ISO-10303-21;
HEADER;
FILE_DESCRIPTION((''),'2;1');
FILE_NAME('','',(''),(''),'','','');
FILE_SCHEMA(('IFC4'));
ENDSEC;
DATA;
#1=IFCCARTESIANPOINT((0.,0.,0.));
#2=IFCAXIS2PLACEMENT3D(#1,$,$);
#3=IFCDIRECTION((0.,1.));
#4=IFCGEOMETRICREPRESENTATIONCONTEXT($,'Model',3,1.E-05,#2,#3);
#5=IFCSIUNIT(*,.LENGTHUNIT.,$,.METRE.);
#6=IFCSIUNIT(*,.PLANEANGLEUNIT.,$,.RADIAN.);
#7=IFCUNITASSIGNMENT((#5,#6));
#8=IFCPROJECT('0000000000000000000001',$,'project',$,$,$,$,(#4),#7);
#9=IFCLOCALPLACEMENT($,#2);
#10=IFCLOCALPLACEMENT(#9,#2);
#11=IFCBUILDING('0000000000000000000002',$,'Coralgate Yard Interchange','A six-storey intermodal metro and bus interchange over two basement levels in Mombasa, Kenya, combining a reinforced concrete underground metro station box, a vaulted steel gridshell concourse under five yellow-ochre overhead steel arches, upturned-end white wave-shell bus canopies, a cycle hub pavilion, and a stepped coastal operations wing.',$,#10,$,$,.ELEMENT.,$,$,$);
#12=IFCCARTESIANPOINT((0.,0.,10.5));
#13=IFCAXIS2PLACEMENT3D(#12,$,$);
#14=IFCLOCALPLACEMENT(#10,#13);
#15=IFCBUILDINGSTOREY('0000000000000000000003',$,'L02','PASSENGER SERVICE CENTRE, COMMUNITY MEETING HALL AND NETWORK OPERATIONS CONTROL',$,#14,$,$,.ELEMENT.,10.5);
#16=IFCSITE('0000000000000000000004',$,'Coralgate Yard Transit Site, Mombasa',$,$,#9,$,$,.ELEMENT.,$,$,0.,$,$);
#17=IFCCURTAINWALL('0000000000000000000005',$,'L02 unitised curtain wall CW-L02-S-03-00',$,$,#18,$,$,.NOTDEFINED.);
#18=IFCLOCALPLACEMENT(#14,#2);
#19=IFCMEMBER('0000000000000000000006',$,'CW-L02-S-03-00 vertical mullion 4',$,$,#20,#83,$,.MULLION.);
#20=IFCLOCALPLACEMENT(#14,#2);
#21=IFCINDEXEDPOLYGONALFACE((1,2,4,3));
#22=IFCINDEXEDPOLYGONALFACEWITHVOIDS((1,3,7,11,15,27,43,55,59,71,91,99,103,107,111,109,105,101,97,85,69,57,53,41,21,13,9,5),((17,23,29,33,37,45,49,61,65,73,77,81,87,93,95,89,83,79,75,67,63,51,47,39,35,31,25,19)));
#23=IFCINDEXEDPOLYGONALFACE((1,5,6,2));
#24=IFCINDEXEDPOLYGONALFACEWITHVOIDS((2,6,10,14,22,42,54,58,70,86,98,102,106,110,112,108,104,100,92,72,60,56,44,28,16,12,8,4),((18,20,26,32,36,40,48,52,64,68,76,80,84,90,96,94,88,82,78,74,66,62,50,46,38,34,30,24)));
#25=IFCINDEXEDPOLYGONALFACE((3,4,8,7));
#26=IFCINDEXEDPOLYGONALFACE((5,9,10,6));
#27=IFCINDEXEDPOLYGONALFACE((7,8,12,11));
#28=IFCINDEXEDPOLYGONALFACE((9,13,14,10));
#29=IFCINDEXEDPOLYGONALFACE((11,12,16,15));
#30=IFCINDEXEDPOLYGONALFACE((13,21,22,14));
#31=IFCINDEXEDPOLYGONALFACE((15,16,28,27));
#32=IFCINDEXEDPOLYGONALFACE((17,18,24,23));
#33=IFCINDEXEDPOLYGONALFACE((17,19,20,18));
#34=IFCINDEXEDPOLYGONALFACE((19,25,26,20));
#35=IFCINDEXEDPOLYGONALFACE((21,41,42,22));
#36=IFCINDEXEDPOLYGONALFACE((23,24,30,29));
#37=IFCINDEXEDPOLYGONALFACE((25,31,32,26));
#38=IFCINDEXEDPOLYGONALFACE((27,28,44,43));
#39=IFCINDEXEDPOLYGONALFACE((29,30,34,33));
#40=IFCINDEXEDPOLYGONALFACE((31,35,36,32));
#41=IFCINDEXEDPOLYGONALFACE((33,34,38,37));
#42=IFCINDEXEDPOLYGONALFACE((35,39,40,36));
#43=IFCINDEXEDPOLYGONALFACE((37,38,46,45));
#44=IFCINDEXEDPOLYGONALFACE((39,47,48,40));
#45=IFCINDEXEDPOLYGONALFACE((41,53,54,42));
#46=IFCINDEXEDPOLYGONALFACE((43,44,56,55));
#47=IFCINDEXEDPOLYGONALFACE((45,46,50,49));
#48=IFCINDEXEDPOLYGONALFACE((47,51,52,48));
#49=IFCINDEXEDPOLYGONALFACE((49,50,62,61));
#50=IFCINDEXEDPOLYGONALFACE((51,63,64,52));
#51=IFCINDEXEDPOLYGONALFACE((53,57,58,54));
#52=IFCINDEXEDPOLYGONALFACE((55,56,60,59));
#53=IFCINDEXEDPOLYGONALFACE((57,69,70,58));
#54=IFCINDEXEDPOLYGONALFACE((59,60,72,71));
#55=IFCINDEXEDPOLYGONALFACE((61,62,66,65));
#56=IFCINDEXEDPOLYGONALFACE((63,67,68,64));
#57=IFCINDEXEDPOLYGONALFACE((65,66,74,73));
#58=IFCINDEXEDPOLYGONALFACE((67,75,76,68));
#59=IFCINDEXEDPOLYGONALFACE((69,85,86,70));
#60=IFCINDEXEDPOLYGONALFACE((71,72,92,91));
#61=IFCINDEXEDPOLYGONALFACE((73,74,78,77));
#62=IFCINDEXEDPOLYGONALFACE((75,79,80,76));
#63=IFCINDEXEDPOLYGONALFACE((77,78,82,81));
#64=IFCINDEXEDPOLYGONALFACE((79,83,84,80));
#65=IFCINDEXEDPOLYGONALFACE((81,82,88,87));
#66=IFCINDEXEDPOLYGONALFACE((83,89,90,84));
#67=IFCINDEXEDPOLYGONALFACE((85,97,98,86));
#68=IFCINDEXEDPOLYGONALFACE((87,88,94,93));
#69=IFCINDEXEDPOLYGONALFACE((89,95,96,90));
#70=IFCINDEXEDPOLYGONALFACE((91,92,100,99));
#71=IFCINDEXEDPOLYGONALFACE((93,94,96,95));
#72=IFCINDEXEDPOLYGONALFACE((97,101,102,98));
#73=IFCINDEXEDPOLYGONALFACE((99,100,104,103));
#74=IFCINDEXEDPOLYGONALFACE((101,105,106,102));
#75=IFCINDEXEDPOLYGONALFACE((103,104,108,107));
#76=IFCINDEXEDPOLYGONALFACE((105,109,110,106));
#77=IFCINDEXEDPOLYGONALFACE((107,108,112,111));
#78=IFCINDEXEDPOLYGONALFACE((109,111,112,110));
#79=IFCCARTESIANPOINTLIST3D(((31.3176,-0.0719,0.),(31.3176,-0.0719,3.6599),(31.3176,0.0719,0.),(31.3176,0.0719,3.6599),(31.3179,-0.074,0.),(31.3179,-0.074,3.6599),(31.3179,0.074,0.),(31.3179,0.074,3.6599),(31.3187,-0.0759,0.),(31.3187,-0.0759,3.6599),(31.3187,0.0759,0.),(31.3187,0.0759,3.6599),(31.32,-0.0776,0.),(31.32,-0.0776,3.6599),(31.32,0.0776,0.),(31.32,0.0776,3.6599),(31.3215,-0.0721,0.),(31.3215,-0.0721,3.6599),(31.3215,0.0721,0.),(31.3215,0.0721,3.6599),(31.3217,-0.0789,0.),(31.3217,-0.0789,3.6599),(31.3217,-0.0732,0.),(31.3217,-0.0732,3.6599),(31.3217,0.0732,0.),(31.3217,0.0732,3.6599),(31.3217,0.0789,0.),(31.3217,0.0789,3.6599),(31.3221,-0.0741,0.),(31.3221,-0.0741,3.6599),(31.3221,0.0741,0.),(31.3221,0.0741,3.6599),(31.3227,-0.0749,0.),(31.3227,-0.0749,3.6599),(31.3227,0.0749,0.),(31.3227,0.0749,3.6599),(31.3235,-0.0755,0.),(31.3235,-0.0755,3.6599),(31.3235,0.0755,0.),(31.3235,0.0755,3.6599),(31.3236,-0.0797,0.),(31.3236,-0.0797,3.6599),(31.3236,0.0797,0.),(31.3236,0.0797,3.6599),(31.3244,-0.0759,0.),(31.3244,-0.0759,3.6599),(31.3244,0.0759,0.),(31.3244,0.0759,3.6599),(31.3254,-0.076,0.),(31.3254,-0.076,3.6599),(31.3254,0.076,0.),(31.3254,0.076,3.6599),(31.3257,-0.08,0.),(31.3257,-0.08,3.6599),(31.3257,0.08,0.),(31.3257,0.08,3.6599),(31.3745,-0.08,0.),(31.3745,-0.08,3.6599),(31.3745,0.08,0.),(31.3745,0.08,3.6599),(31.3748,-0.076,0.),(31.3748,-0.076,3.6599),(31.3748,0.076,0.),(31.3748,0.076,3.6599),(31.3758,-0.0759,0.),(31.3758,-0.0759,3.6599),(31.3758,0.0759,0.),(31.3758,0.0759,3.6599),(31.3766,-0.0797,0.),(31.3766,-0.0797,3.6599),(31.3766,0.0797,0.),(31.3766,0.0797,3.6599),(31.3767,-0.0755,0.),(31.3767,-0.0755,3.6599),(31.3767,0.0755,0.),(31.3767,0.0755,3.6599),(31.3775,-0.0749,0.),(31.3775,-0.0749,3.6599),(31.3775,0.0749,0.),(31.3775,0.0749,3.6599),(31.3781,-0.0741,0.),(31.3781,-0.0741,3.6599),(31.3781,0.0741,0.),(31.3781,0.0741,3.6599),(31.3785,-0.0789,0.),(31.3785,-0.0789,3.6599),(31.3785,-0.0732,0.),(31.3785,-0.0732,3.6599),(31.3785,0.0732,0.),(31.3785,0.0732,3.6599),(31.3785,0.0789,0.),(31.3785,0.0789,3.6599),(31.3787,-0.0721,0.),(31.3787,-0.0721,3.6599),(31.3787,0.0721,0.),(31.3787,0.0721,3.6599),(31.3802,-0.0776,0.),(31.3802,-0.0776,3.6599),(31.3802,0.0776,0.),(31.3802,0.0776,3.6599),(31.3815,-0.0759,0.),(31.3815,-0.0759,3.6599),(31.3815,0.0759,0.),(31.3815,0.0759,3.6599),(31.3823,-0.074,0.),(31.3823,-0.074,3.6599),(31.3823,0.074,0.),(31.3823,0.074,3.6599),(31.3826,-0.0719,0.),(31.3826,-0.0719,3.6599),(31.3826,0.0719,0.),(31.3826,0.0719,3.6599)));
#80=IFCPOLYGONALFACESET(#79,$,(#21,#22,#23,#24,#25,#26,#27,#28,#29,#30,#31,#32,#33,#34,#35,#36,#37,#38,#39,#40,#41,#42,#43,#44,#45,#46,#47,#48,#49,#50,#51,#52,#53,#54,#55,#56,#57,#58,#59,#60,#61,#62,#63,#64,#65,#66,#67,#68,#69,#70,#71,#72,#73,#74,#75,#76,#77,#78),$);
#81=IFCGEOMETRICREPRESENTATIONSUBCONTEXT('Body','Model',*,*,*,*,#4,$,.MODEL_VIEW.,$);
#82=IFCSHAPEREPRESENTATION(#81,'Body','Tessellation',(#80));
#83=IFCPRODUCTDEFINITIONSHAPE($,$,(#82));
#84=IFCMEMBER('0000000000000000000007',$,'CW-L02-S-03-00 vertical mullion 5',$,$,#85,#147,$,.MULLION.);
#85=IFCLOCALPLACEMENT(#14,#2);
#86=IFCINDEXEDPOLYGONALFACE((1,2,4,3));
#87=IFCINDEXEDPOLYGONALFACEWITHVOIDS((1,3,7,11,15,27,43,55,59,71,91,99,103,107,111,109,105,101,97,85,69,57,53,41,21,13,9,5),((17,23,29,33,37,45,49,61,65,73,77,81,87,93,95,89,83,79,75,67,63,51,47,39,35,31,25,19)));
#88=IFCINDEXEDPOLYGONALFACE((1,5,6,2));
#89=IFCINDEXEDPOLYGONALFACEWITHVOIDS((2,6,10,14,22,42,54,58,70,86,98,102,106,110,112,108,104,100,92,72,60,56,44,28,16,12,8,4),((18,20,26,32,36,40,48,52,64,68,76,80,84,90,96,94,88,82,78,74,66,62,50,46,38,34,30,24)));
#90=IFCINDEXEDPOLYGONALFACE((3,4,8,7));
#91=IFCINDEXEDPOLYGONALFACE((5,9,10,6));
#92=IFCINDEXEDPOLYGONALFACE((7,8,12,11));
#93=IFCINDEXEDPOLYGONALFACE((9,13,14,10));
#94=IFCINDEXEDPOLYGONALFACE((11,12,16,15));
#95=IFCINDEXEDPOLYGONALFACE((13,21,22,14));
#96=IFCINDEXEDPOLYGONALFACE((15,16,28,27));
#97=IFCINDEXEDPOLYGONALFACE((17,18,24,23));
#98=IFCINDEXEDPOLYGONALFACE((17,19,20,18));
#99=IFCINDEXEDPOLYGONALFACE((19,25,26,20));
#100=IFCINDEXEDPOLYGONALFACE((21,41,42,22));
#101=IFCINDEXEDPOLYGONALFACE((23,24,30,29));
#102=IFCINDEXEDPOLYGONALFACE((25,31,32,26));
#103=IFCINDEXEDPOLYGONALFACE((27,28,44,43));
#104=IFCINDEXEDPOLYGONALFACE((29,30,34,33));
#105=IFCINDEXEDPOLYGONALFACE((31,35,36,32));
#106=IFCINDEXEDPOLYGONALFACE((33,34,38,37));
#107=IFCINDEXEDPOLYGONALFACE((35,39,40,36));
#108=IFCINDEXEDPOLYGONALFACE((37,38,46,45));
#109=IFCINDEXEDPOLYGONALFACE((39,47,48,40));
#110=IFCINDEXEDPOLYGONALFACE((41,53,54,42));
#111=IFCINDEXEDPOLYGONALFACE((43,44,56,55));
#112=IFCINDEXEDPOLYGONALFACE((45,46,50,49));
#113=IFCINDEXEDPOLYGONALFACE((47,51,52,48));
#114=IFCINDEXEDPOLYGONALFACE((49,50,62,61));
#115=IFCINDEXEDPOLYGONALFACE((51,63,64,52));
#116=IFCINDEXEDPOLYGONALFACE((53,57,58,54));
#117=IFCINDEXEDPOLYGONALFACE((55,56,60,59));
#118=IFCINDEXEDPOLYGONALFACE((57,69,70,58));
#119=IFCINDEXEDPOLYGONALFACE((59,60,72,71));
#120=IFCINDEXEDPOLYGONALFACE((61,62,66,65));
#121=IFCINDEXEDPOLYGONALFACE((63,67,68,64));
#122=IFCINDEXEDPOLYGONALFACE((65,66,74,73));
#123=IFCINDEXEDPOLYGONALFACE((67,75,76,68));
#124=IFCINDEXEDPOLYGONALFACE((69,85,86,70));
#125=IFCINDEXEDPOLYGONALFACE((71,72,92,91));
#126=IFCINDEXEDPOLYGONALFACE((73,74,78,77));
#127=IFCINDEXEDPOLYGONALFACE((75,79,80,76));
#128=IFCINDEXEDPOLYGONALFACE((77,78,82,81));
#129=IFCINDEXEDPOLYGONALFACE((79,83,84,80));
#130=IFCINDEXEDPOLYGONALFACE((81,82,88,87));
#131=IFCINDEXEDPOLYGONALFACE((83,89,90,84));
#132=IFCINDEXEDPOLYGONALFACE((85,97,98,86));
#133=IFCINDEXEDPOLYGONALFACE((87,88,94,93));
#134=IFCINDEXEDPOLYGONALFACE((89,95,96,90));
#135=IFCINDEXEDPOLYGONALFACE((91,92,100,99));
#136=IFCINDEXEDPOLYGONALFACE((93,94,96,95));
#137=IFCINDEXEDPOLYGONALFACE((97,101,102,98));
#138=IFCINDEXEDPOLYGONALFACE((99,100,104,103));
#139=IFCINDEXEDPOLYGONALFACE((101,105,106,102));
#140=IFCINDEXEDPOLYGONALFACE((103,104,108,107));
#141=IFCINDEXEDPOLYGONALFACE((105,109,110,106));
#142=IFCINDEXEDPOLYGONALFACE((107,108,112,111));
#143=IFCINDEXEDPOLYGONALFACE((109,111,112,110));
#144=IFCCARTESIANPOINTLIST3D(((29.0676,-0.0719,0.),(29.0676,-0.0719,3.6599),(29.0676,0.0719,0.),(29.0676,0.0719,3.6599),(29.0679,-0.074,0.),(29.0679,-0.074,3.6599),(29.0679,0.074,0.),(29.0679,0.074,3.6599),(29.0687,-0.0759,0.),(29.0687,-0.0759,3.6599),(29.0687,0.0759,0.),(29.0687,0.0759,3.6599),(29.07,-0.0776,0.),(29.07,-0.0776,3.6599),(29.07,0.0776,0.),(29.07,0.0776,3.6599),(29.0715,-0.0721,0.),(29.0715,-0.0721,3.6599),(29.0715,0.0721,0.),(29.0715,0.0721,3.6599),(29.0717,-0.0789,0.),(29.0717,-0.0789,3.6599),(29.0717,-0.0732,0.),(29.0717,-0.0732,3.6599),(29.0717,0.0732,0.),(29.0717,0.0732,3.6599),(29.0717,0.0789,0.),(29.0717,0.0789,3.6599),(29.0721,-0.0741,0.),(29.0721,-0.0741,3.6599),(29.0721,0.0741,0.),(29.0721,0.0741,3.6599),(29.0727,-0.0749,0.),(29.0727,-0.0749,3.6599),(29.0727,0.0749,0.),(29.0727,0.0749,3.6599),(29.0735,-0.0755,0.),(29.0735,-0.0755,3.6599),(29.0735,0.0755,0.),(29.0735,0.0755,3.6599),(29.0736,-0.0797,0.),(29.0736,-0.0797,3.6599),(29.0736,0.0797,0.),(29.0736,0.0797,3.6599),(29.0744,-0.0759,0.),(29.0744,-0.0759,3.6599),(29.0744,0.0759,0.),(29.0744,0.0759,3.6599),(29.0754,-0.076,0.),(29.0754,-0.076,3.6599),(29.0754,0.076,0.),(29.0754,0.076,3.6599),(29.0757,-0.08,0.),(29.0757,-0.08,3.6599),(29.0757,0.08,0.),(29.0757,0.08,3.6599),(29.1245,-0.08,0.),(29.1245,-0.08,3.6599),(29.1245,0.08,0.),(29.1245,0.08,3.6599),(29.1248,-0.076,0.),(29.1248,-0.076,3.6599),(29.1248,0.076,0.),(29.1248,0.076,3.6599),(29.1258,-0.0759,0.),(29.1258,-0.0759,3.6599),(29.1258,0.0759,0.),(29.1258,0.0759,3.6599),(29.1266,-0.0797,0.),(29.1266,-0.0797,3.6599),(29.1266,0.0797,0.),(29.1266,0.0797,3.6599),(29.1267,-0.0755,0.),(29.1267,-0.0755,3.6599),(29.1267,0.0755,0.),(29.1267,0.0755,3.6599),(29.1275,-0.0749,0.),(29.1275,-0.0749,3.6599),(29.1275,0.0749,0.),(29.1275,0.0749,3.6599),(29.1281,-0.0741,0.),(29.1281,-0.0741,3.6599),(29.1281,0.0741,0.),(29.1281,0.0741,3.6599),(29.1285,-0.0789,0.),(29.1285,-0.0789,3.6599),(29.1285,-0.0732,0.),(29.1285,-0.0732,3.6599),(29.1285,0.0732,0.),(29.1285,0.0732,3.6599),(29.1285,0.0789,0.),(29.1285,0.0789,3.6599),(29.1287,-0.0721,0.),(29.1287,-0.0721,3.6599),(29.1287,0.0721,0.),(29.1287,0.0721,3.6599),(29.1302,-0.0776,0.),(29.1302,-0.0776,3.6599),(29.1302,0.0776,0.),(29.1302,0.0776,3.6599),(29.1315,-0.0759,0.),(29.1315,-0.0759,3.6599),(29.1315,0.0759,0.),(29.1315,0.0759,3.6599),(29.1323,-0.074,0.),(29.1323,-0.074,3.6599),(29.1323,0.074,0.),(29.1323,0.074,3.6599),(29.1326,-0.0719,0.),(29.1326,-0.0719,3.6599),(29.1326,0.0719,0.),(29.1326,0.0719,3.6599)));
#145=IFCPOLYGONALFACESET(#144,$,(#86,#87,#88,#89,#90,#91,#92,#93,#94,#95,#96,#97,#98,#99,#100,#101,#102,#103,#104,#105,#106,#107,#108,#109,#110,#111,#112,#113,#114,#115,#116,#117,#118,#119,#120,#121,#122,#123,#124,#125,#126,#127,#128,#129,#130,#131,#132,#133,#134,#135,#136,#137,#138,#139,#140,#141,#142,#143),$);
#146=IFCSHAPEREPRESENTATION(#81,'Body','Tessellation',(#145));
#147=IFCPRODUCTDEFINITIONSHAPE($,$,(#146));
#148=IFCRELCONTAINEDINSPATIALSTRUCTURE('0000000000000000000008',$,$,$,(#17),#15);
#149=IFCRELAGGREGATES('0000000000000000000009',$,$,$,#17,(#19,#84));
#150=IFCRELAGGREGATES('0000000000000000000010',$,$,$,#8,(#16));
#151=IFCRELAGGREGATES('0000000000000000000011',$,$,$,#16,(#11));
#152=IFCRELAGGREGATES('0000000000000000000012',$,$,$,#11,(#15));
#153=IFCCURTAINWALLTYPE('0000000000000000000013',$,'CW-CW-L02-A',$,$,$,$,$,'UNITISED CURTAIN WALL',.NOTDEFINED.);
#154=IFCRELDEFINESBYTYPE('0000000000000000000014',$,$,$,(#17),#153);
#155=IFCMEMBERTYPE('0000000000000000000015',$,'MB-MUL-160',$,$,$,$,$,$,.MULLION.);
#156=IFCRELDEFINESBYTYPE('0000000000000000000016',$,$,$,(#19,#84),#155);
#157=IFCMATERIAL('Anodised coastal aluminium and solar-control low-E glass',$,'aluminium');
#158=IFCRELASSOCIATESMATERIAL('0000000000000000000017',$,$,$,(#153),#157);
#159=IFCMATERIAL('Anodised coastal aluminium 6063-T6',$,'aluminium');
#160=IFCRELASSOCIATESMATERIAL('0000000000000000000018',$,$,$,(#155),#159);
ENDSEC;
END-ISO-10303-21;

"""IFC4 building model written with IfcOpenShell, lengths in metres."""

from ifc_helpers import new_model, si_unit, direction, frame, origin, origin_2d, place, context, subcontext, project, spatial, hollow_rectangle, extrude, material, material_profile, profile_set, type_object, element, aggregate, save


model = new_model("IFC4")

# Units and contexts
model_context = context("Model", 3, precision=1e-05, world=origin(), true_north=direction((0.0, 1.0)))
body_context = subcontext(model_context, "Body", "Model", "MODEL_VIEW")
ifc_project = project(units=[si_unit("LENGTHUNIT", "METRE"), si_unit("PLANEANGLEUNIT", "RADIAN")], contexts=[model_context])

# Site, building, storey
site_placement = place(None, origin())
site = spatial("IfcSite", under=ifc_project, at=site_placement, Name="Coralgate Yard Transit Site, Mombasa", CompositionType="ELEMENT", RefElevation=0.0)
building_placement = place(site_placement, origin())
building = spatial("IfcBuilding", under=site, at=building_placement, Name="Coralgate Yard Interchange", Description="A six-storey intermodal metro and bus interchange over two basement levels in Mombasa, Kenya, combining a reinforced concrete underground metro station box, a vaulted steel gridshell concourse under five yellow-ochre overhead steel arches, upturned-end white wave-shell bus canopies, a cycle hub pavilion, and a stepped coastal operations wing.", CompositionType="ELEMENT")
storey_placement = place(building_placement, frame((0.0, 0.0, 10.5)))
storey = spatial("IfcBuildingStorey", under=building, at=storey_placement, Name="L02", Description="PASSENGER SERVICE CENTRE, COMMUNITY MEETING HALL AND NETWORK OPERATIONS CONTROL", CompositionType="ELEMENT", Elevation=10.5)

# Curtain wall, members
ifc_material_1 = material(Name="Anodised coastal aluminium and solar-control low-E glass", Category="aluminium")
curtain_wall_type = type_object("IfcCurtainWallType", Name="CW-CW-L02-A", ElementType="UNITISED CURTAIN WALL", PredefinedType="NOTDEFINED", material=ifc_material_1)
curtain_wall_placement = place(storey_placement, origin())
curtain_wall = element("IfcCurtainWall", 1, at=curtain_wall_placement, inside=storey, type_object=curtain_wall_type, Name="L02 unitised curtain wall CW-L02-S-03-00", PredefinedType="NOTDEFINED")
ifc_material_2 = material(Name="Anodised coastal aluminium 6063-T6", Category="aluminium")
ifc_material_profile_1 = material_profile(ifc_material_2, hollow_rectangle(XDim=0.0649, YDim=0.1599, WallThickness=0.0039, InnerFilletRadius=0.0039, OuterFilletRadius=0.0081, at=origin_2d()), Name="ALU 65x160x4")
ifc_profile_set_1 = profile_set([ifc_material_profile_1], Name="Anodised coastal aluminium 6063-T6")
member_type_1 = type_object("IfcMemberType", Name="MB-MUL-160", PredefinedType="MULLION", material=ifc_profile_set_1)
member_1_placement = place(storey_placement, frame((31.3501, 0.0, 0.0), z_axis=(0.0, 0.0, 1.0), x_axis=(1.0, 0.0, 0.0)))
member_1 = element("IfcMember", 2, at=member_1_placement, type_object=member_type_1, Name="CW-L02-S-03-00 vertical mullion 4", PredefinedType="MULLION", context=body_context, shape_type="SweptSolid", body=[
    extrude(hollow_rectangle(XDim=0.0649, YDim=0.1599, WallThickness=0.0039, InnerFilletRadius=0.0039, OuterFilletRadius=0.0081, at=origin_2d()), origin(), (0.0, 0.0, 1.0), 3.6599),
])
member_2_placement = place(storey_placement, frame((29.1001, 0.0, 0.0), z_axis=(0.0, 0.0, 1.0), x_axis=(1.0, 0.0, 0.0)))
member_2 = element("IfcMember", 3, at=member_2_placement, type_object=member_type_1, Name="CW-L02-S-03-00 vertical mullion 5", PredefinedType="MULLION", context=body_context, shape_type="SweptSolid", body=[
    extrude(hollow_rectangle(XDim=0.0649, YDim=0.1599, WallThickness=0.0039, InnerFilletRadius=0.0039, OuterFilletRadius=0.0081, at=origin_2d()), origin(), (0.0, 0.0, 1.0), 3.6599),
])
aggregate(curtain_wall, [member_1, member_2])

save(model, "model.ifc")
